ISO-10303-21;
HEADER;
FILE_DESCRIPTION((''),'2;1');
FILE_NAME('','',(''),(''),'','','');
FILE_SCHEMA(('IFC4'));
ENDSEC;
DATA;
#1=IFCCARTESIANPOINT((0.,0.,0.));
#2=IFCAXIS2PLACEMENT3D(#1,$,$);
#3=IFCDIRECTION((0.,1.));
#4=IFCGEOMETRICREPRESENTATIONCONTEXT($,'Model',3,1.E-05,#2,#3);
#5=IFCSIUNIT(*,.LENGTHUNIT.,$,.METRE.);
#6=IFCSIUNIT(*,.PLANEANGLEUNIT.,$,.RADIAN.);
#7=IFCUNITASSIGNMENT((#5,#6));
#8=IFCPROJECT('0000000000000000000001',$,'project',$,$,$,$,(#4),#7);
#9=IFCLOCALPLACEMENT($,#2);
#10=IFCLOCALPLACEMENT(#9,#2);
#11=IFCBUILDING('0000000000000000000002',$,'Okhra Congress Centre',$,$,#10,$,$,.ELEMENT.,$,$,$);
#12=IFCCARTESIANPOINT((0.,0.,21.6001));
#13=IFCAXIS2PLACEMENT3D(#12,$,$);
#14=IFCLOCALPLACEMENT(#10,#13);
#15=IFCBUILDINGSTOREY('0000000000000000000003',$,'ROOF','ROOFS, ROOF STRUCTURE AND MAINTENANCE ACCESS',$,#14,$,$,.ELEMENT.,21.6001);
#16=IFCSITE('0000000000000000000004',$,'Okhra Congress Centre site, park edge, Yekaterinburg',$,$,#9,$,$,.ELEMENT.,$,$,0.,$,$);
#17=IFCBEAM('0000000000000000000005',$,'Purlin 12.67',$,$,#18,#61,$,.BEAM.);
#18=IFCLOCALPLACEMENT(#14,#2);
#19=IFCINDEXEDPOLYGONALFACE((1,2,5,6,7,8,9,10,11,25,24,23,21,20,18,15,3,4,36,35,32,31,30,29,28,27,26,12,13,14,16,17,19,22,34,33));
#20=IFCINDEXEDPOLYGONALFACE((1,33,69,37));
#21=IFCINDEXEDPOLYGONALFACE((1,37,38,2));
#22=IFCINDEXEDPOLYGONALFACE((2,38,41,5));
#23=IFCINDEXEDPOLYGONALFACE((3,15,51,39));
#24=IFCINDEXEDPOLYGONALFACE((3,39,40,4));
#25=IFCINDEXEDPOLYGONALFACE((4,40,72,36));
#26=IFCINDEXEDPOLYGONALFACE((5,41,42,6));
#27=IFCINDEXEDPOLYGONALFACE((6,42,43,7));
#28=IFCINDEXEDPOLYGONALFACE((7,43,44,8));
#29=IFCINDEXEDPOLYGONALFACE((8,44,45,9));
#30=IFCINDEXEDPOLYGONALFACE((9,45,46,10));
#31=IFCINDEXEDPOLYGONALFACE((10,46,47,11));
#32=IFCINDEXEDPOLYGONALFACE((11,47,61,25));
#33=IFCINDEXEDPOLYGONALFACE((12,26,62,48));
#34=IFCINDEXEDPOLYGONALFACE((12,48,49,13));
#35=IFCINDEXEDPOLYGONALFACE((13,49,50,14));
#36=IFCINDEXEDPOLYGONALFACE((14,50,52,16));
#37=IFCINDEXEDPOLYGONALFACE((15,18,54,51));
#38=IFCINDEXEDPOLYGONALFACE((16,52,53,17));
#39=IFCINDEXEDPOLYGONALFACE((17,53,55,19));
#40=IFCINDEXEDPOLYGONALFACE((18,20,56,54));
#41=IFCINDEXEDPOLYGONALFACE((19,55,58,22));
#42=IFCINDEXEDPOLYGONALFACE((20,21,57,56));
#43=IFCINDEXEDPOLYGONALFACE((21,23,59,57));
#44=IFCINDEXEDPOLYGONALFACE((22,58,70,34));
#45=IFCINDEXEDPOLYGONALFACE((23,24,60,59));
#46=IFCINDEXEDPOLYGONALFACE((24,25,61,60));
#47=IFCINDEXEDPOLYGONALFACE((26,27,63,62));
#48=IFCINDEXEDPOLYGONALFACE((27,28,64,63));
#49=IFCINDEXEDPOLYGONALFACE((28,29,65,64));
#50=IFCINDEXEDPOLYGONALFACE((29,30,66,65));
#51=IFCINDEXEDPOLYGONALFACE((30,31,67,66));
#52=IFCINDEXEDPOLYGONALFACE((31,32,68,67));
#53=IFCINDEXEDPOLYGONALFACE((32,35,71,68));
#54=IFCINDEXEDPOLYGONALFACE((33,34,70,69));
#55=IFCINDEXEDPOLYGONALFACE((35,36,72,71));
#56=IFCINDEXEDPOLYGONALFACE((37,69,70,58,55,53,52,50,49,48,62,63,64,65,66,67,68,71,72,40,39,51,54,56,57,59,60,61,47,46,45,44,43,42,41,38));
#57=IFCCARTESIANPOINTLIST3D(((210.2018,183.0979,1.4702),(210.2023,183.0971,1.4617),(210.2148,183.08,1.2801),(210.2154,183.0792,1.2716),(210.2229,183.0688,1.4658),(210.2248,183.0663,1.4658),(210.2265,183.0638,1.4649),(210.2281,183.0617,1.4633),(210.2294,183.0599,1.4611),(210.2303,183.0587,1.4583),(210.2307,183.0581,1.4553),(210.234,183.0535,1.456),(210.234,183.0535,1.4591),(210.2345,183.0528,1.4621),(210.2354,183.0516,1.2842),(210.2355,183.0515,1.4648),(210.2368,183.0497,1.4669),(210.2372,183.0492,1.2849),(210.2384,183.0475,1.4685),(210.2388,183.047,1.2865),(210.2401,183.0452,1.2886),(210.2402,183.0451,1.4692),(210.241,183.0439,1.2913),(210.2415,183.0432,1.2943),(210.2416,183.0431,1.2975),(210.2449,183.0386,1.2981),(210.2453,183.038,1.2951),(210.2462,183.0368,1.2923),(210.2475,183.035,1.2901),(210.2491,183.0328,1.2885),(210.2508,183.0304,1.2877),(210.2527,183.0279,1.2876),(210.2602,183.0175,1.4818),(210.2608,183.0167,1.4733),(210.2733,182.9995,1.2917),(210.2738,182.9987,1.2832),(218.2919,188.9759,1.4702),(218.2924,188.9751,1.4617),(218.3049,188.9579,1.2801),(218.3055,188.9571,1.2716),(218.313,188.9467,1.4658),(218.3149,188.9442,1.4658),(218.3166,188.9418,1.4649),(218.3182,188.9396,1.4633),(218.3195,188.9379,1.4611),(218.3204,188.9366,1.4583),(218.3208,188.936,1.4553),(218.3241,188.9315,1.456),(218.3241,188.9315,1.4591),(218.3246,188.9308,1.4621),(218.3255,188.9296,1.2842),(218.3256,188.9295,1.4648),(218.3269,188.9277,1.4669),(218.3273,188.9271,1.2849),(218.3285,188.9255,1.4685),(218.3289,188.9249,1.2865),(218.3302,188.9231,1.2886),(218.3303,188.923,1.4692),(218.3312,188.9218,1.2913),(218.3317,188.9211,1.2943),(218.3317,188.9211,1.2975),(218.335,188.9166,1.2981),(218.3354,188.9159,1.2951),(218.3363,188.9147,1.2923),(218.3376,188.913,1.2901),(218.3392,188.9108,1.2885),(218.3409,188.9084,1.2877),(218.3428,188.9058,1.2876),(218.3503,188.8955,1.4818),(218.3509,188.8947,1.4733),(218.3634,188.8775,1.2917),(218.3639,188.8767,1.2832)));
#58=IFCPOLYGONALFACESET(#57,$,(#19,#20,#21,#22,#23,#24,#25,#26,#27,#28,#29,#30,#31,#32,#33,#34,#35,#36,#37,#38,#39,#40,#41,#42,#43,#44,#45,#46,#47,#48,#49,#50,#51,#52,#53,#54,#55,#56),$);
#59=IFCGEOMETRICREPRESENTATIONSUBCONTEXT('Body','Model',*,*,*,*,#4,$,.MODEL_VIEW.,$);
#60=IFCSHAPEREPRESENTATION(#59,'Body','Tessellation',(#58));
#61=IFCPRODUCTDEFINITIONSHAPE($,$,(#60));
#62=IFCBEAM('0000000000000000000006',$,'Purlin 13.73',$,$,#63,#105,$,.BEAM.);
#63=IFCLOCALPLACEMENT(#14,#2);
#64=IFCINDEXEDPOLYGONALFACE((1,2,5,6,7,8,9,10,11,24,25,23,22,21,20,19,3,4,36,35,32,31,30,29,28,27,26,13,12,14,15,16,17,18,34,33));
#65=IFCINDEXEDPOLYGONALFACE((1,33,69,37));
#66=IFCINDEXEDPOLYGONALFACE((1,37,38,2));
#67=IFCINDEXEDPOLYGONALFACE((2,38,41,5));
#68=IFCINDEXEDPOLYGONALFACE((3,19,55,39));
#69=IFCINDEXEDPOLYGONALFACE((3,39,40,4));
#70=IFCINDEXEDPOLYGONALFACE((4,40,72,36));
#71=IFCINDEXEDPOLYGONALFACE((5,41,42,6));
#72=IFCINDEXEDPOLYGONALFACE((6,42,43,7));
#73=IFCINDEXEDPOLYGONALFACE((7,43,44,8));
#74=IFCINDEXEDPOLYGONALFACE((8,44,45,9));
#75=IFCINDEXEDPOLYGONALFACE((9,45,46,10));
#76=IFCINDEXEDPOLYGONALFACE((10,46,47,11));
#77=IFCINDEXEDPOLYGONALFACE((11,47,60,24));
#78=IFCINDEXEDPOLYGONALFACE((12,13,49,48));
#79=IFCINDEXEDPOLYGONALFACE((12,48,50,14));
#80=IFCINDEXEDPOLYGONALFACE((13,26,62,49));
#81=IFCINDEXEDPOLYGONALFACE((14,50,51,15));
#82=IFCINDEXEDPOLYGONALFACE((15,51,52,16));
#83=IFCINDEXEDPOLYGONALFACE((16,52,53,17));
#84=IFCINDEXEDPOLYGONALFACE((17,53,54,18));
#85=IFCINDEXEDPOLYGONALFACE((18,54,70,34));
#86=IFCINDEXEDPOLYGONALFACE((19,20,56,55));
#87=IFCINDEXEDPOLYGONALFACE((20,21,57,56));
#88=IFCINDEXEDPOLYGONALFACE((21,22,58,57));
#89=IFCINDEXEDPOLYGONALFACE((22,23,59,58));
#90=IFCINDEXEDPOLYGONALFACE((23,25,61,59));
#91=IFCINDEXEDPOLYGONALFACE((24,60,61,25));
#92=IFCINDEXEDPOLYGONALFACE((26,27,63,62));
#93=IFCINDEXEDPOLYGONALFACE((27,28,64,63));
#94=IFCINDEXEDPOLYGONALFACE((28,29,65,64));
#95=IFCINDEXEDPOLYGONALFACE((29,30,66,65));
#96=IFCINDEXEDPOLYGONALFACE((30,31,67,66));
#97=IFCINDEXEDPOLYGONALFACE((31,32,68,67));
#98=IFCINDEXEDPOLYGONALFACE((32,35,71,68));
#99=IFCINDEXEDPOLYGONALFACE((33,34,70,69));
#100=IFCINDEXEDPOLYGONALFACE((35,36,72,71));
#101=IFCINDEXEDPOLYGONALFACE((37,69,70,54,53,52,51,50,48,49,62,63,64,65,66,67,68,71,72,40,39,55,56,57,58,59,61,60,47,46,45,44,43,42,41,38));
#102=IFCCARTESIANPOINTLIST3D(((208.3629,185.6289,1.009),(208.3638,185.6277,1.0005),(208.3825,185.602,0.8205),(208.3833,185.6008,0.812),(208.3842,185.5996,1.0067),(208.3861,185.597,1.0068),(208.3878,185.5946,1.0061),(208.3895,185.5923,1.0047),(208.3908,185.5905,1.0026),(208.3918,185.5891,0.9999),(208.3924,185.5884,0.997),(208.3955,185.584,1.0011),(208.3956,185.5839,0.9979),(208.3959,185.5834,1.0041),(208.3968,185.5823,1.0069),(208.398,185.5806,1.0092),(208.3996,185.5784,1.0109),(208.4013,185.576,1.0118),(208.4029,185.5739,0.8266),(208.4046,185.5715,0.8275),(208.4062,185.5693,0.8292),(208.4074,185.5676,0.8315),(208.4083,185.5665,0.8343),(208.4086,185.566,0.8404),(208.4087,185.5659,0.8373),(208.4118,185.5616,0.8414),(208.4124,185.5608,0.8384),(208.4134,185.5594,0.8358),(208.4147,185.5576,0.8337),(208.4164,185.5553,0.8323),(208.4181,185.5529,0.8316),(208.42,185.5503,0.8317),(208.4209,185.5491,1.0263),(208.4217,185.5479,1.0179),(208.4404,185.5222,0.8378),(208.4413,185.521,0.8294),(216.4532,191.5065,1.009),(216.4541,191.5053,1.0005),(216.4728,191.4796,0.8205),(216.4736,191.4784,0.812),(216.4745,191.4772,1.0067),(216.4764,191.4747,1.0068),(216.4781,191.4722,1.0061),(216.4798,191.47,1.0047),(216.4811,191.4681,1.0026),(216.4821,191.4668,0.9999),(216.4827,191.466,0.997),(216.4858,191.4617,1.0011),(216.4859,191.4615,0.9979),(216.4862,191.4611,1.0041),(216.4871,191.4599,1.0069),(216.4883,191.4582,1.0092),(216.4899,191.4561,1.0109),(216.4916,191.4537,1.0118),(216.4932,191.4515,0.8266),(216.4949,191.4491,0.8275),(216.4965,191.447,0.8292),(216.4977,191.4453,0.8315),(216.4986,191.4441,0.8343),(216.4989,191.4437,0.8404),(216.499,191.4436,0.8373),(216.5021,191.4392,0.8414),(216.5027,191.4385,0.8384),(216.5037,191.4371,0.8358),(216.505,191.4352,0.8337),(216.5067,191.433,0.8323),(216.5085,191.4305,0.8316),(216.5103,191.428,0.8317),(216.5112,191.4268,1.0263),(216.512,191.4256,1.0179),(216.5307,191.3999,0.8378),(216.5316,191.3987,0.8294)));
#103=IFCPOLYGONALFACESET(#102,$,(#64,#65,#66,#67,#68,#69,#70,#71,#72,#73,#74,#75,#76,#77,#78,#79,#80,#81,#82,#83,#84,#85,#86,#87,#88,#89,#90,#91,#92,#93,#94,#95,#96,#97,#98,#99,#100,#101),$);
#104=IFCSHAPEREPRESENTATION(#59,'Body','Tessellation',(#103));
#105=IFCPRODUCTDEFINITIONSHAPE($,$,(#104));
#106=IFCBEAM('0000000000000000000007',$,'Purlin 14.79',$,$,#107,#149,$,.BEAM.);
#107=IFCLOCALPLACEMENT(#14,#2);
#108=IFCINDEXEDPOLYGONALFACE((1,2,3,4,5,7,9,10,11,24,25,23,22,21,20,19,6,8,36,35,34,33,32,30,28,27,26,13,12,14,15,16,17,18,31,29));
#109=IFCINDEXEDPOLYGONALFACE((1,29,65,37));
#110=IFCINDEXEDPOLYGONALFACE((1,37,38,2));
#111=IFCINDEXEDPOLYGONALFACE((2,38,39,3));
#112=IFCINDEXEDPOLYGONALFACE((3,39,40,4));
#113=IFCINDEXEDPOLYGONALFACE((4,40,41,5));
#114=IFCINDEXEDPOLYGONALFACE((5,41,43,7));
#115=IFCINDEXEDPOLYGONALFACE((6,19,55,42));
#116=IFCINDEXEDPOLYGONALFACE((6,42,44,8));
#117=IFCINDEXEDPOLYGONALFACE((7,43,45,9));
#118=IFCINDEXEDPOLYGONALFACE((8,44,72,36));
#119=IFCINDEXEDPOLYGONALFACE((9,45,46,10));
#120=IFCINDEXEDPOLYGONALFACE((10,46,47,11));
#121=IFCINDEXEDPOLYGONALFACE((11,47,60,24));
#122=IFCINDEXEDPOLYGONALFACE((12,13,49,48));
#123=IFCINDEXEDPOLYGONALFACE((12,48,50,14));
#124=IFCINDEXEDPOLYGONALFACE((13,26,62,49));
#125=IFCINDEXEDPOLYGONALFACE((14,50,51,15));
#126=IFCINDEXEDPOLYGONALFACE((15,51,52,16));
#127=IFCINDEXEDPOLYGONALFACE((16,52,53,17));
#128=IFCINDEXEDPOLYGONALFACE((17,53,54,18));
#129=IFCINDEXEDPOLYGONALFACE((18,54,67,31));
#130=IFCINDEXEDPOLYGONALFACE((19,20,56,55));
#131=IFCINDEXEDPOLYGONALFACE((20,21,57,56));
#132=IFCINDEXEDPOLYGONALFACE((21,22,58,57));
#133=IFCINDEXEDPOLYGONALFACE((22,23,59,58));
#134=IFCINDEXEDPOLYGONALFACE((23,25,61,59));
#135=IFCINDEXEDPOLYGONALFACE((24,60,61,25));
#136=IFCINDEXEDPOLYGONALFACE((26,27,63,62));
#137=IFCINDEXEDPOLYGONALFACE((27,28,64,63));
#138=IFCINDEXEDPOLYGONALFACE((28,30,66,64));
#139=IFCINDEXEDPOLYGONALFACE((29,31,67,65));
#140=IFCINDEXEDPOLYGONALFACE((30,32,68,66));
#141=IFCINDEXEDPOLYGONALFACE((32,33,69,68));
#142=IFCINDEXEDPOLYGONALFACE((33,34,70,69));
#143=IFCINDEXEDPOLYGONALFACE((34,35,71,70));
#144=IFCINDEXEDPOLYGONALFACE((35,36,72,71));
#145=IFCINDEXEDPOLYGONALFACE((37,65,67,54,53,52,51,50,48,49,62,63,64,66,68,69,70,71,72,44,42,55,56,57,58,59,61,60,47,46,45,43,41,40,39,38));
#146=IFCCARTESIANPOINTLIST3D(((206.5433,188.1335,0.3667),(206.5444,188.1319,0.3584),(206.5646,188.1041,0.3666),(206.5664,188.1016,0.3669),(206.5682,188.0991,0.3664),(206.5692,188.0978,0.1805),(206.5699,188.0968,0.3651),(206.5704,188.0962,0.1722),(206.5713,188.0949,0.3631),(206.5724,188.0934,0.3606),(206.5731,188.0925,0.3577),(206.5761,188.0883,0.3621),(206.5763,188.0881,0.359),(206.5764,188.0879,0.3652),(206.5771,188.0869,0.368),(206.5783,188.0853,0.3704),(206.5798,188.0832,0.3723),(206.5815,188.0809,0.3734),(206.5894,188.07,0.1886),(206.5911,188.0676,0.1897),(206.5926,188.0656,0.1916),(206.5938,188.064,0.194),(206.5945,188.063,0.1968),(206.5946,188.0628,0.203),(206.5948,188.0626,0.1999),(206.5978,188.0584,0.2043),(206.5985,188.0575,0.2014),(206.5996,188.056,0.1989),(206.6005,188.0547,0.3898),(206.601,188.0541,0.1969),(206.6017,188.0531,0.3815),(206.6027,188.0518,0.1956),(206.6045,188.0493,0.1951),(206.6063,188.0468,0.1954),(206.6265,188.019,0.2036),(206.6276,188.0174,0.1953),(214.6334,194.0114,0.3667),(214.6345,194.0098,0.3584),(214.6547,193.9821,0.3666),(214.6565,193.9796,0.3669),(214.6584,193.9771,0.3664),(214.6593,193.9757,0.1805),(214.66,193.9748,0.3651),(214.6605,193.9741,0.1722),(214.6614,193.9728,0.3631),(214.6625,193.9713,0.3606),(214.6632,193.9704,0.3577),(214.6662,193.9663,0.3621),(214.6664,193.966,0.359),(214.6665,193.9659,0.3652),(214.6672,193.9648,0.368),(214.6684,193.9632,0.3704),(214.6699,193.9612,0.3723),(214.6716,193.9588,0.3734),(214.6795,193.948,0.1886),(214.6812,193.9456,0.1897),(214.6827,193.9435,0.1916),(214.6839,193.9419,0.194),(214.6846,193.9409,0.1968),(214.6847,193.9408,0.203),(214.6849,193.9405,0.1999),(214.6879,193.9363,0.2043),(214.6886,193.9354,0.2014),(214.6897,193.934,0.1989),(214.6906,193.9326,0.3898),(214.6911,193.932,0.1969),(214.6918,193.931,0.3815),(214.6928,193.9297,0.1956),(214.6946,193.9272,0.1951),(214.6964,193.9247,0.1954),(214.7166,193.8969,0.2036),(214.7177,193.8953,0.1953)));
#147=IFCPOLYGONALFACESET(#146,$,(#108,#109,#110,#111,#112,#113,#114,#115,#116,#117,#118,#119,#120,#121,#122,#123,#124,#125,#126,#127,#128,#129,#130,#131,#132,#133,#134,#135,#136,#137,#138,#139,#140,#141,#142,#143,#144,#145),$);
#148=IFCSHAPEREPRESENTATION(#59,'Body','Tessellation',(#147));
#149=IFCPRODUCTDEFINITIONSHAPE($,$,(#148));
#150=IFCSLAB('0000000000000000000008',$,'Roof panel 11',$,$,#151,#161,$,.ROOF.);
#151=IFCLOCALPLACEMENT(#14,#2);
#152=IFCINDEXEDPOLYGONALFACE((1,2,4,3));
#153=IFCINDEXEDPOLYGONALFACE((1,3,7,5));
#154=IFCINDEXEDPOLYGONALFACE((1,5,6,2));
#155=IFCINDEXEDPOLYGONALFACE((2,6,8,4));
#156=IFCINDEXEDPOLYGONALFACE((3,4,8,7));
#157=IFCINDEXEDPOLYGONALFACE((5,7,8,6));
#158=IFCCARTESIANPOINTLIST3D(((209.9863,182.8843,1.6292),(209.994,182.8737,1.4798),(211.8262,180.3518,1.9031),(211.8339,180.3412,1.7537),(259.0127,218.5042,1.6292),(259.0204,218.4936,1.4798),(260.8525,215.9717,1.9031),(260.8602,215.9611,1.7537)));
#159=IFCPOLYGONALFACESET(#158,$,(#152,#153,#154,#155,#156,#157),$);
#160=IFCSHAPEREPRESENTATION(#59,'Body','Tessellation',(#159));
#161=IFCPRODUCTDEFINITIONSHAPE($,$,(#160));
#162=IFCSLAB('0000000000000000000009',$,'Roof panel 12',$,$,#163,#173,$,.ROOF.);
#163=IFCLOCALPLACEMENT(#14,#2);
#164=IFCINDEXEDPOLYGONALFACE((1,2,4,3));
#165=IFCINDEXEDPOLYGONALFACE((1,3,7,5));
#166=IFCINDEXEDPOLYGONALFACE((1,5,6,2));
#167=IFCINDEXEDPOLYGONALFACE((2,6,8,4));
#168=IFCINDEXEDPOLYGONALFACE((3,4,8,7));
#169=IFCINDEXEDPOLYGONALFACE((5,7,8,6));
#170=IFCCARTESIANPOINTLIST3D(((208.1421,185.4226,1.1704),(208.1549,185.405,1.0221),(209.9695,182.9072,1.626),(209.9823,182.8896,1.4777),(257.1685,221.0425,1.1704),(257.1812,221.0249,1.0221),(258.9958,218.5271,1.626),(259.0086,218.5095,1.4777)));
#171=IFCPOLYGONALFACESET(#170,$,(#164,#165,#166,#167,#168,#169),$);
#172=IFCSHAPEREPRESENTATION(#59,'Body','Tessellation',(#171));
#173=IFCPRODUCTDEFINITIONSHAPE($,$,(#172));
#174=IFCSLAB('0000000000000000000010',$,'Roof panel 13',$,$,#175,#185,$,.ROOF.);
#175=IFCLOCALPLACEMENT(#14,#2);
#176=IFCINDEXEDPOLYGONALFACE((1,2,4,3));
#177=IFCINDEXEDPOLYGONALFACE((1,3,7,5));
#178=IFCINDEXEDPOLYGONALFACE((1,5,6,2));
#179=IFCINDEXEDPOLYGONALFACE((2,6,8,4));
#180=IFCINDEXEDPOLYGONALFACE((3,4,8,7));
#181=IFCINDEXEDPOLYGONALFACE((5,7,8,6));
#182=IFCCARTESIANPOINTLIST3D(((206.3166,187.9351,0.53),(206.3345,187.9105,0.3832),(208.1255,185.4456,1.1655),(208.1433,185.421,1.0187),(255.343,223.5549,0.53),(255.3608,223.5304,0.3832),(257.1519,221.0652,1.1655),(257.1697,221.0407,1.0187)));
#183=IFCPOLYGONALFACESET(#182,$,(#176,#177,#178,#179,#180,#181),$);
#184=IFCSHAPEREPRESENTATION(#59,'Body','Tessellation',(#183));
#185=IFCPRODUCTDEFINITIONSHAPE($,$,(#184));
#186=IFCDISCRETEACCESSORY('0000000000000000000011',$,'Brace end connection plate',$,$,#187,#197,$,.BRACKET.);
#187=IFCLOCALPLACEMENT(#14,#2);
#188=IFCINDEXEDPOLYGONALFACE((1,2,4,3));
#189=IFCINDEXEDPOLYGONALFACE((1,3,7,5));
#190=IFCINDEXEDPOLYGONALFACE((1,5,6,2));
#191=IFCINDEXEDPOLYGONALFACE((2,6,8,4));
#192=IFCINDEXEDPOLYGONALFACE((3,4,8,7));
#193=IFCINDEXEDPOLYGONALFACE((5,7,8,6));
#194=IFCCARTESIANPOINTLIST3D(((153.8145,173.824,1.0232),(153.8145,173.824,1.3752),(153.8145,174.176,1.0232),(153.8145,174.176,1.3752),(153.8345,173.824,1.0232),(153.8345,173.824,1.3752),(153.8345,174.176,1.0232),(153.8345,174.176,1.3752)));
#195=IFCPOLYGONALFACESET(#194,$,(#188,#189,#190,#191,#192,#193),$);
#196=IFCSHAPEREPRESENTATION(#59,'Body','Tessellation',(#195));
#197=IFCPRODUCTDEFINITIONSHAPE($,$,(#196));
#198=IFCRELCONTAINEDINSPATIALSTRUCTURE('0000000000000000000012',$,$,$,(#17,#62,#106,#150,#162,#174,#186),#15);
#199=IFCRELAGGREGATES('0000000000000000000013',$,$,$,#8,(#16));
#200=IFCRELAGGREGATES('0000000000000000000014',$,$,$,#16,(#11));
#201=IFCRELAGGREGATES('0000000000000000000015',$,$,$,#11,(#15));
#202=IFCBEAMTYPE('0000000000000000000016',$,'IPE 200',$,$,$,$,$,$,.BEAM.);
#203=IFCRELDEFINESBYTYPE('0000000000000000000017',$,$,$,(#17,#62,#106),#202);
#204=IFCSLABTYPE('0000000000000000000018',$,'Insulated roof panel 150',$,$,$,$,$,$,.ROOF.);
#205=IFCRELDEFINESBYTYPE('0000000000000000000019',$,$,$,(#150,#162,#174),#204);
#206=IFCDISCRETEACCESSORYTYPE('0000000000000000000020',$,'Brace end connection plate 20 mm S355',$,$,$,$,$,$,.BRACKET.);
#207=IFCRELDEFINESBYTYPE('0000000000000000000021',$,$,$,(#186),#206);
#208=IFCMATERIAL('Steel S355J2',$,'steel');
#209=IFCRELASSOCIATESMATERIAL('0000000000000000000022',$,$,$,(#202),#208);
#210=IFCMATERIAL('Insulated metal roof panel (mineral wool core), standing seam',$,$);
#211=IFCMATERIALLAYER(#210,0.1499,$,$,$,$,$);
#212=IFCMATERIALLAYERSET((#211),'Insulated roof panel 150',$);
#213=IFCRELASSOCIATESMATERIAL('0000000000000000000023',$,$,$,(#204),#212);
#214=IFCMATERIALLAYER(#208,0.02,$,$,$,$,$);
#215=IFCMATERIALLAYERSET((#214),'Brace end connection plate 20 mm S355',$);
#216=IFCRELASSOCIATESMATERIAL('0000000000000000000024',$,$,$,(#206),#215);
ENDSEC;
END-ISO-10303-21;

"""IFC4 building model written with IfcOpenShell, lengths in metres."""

from ifc_helpers import new_model, si_unit, direction, frame, origin, origin_2d, place, context, subcontext, project, spatial, polyline, rectangle, i_section, outline, extrude, material, layer, layer_set, material_profile, profile_set, type_object, element, save


model = new_model("IFC4")

# Units and contexts
model_context = context("Model", 3, precision=1e-05, world=origin(), true_north=direction((0.0, 1.0)))
body_context = subcontext(model_context, "Body", "Model", "MODEL_VIEW")
ifc_project = project(units=[si_unit("LENGTHUNIT", "METRE"), si_unit("PLANEANGLEUNIT", "RADIAN")], contexts=[model_context])

# Site, building, storey
site_placement = place(None, origin())
site = spatial("IfcSite", under=ifc_project, at=site_placement, Name="Okhra Congress Centre site, park edge, Yekaterinburg", CompositionType="ELEMENT", RefElevation=0.0)
building_placement = place(site_placement, origin())
building = spatial("IfcBuilding", under=site, at=building_placement, Name="Okhra Congress Centre", CompositionType="ELEMENT")
storey_placement = place(building_placement, frame((0.0, 0.0, 21.6001)))
storey = spatial("IfcBuildingStorey", under=building, at=storey_placement, Name="ROOF", Description="ROOFS, ROOF STRUCTURE AND MAINTENANCE ACCESS", CompositionType="ELEMENT", Elevation=21.6001)

# Beams
ifc_material_1 = material(Name="Steel S355J2", Category="steel")
ifc_material_profile_1 = material_profile(ifc_material_1, i_section(OverallWidth=0.1001, OverallDepth=0.2, WebThickness=0.0056, FlangeThickness=0.0085, FilletRadius=0.012, at=origin_2d()), Name="IPE 200")
ifc_profile_set_1 = profile_set([ifc_material_profile_1], Name="Steel S355J2")
beam_type = type_object("IfcBeamType", Name="IPE 200", PredefinedType="BEAM", material=ifc_profile_set_1)
for number, where, z_axis, x_axis, name in (
    (1, (210.2378, 183.0483, 1.3767), (0.80901, 0.587794, 0.0), (-0.58382, 0.80354, -0.116093), "Purlin 12.67"),
    (2, (208.4021, 185.575, 0.9192), (0.809031, 0.587767, 0.0), (-0.578837, 0.79674, -0.173648), "Purlin 13.73"),
    (3, (206.5854, 188.0754, 0.281), (0.80901, 0.587794, 0.0), (-0.57195, 0.787204, -0.230616), "Purlin 14.79"),
):
    element("IfcBeam", number, at=place(storey_placement, frame(where, z_axis=z_axis, x_axis=x_axis)), inside=storey, type_object=beam_type, Name=name, PredefinedType="BEAM", context=body_context, shape_type="SweptSolid", body=[
        extrude(i_section(OverallWidth=0.1001, OverallDepth=0.2, WebThickness=0.0056, FlangeThickness=0.0085, FilletRadius=0.012, at=origin_2d()), origin(), (0.0, 0.0, 1.0), 10.0),
    ])

# Slabs
ifc_material_2 = material(Name="Insulated metal roof panel (mineral wool core), standing seam")
ifc_layer_1 = layer(ifc_material_2, 0.1499)
ifc_layer_set_1 = layer_set([ifc_layer_1], Name="Insulated roof panel 150")
slab_type = type_object("IfcSlabType", Name="Insulated roof panel 150", PredefinedType="ROOF", material=ifc_layer_set_1)
slab_1_placement = place(storey_placement, frame((211.8262, 180.3518, 1.9031), z_axis=(-0.051241, 0.070527, 0.996193), x_axis=(0.809016, 0.587787, 0.0)))
element("IfcSlab", 4, at=slab_1_placement, inside=storey, type_object=slab_type, Name="Roof panel 11", PredefinedType="ROOF", context=body_context, shape_type="SweptSolid", body=[
    extrude(outline(polyline([(0.0, 0.0), (60.6, 0.0), (60.6001, 3.1422), (0.0001, 3.1422), (0.0, 0.0)])), origin(), (0.0, 0.0, -1.0), 0.1499),
])
slab_2_placement = place(storey_placement, frame((209.9695, 182.9072, 1.626), z_axis=(-0.085217, 0.11729, 0.989435), x_axis=(0.809016, 0.587787, 0.0)))
element("IfcSlab", 5, at=slab_2_placement, inside=storey, type_object=slab_type, Name="Roof panel 12", PredefinedType="ROOF", context=body_context, shape_type="SweptSolid", body=[
    extrude(outline(polyline([(0.0, 0.0), (60.6, 0.0), (60.6001, 3.1423), (0.0001, 3.1423), (0.0, 0.0)])), origin(), (0.0, 0.0, -1.0), 0.1499),
])
slab_3_placement = place(storey_placement, frame((208.1255, 185.4456, 1.1655), z_axis=(-0.118874, 0.163616, 0.979336), x_axis=(0.809018, 0.587784, 0.0)))
element("IfcSlab", 6, at=slab_3_placement, inside=storey, type_object=slab_type, Name="Roof panel 13", PredefinedType="ROOF", context=body_context, shape_type="SweptSolid", body=[
    extrude(outline(polyline([(0.0, 0.0), (60.5999, 0.0), (60.5999, 3.1424), (-0.0001, 3.1422), (0.0, 0.0)])), origin(), (0.0, 0.0, -1.0), 0.1499),
])

# Discrete accessory
ifc_layer_2 = layer(ifc_material_1, 0.02)
ifc_layer_set_2 = layer_set([ifc_layer_2], Name="Brace end connection plate 20 mm S355")
discrete_accessory_type_1 = type_object("IfcDiscreteAccessoryType", Name="Brace end connection plate 20 mm S355", PredefinedType="BRACKET", material=ifc_layer_set_2)
discrete_accessory_1_placement = place(storey_placement, frame((153.8145, 174.0, 1.1992), z_axis=(1.0, 0.0, 0.0), x_axis=(0.0, 1.0, 0.0)))
element("IfcDiscreteAccessory", 7, at=discrete_accessory_1_placement, inside=storey, type_object=discrete_accessory_type_1, Name="Brace end connection plate", PredefinedType="BRACKET", context=body_context, shape_type="SweptSolid", body=[
    extrude(rectangle(XDim=0.3521, YDim=0.3521, at=origin_2d()), origin(), (0.0, 0.0, 1.0), 0.02),
])

save(model, "model.ifc")
